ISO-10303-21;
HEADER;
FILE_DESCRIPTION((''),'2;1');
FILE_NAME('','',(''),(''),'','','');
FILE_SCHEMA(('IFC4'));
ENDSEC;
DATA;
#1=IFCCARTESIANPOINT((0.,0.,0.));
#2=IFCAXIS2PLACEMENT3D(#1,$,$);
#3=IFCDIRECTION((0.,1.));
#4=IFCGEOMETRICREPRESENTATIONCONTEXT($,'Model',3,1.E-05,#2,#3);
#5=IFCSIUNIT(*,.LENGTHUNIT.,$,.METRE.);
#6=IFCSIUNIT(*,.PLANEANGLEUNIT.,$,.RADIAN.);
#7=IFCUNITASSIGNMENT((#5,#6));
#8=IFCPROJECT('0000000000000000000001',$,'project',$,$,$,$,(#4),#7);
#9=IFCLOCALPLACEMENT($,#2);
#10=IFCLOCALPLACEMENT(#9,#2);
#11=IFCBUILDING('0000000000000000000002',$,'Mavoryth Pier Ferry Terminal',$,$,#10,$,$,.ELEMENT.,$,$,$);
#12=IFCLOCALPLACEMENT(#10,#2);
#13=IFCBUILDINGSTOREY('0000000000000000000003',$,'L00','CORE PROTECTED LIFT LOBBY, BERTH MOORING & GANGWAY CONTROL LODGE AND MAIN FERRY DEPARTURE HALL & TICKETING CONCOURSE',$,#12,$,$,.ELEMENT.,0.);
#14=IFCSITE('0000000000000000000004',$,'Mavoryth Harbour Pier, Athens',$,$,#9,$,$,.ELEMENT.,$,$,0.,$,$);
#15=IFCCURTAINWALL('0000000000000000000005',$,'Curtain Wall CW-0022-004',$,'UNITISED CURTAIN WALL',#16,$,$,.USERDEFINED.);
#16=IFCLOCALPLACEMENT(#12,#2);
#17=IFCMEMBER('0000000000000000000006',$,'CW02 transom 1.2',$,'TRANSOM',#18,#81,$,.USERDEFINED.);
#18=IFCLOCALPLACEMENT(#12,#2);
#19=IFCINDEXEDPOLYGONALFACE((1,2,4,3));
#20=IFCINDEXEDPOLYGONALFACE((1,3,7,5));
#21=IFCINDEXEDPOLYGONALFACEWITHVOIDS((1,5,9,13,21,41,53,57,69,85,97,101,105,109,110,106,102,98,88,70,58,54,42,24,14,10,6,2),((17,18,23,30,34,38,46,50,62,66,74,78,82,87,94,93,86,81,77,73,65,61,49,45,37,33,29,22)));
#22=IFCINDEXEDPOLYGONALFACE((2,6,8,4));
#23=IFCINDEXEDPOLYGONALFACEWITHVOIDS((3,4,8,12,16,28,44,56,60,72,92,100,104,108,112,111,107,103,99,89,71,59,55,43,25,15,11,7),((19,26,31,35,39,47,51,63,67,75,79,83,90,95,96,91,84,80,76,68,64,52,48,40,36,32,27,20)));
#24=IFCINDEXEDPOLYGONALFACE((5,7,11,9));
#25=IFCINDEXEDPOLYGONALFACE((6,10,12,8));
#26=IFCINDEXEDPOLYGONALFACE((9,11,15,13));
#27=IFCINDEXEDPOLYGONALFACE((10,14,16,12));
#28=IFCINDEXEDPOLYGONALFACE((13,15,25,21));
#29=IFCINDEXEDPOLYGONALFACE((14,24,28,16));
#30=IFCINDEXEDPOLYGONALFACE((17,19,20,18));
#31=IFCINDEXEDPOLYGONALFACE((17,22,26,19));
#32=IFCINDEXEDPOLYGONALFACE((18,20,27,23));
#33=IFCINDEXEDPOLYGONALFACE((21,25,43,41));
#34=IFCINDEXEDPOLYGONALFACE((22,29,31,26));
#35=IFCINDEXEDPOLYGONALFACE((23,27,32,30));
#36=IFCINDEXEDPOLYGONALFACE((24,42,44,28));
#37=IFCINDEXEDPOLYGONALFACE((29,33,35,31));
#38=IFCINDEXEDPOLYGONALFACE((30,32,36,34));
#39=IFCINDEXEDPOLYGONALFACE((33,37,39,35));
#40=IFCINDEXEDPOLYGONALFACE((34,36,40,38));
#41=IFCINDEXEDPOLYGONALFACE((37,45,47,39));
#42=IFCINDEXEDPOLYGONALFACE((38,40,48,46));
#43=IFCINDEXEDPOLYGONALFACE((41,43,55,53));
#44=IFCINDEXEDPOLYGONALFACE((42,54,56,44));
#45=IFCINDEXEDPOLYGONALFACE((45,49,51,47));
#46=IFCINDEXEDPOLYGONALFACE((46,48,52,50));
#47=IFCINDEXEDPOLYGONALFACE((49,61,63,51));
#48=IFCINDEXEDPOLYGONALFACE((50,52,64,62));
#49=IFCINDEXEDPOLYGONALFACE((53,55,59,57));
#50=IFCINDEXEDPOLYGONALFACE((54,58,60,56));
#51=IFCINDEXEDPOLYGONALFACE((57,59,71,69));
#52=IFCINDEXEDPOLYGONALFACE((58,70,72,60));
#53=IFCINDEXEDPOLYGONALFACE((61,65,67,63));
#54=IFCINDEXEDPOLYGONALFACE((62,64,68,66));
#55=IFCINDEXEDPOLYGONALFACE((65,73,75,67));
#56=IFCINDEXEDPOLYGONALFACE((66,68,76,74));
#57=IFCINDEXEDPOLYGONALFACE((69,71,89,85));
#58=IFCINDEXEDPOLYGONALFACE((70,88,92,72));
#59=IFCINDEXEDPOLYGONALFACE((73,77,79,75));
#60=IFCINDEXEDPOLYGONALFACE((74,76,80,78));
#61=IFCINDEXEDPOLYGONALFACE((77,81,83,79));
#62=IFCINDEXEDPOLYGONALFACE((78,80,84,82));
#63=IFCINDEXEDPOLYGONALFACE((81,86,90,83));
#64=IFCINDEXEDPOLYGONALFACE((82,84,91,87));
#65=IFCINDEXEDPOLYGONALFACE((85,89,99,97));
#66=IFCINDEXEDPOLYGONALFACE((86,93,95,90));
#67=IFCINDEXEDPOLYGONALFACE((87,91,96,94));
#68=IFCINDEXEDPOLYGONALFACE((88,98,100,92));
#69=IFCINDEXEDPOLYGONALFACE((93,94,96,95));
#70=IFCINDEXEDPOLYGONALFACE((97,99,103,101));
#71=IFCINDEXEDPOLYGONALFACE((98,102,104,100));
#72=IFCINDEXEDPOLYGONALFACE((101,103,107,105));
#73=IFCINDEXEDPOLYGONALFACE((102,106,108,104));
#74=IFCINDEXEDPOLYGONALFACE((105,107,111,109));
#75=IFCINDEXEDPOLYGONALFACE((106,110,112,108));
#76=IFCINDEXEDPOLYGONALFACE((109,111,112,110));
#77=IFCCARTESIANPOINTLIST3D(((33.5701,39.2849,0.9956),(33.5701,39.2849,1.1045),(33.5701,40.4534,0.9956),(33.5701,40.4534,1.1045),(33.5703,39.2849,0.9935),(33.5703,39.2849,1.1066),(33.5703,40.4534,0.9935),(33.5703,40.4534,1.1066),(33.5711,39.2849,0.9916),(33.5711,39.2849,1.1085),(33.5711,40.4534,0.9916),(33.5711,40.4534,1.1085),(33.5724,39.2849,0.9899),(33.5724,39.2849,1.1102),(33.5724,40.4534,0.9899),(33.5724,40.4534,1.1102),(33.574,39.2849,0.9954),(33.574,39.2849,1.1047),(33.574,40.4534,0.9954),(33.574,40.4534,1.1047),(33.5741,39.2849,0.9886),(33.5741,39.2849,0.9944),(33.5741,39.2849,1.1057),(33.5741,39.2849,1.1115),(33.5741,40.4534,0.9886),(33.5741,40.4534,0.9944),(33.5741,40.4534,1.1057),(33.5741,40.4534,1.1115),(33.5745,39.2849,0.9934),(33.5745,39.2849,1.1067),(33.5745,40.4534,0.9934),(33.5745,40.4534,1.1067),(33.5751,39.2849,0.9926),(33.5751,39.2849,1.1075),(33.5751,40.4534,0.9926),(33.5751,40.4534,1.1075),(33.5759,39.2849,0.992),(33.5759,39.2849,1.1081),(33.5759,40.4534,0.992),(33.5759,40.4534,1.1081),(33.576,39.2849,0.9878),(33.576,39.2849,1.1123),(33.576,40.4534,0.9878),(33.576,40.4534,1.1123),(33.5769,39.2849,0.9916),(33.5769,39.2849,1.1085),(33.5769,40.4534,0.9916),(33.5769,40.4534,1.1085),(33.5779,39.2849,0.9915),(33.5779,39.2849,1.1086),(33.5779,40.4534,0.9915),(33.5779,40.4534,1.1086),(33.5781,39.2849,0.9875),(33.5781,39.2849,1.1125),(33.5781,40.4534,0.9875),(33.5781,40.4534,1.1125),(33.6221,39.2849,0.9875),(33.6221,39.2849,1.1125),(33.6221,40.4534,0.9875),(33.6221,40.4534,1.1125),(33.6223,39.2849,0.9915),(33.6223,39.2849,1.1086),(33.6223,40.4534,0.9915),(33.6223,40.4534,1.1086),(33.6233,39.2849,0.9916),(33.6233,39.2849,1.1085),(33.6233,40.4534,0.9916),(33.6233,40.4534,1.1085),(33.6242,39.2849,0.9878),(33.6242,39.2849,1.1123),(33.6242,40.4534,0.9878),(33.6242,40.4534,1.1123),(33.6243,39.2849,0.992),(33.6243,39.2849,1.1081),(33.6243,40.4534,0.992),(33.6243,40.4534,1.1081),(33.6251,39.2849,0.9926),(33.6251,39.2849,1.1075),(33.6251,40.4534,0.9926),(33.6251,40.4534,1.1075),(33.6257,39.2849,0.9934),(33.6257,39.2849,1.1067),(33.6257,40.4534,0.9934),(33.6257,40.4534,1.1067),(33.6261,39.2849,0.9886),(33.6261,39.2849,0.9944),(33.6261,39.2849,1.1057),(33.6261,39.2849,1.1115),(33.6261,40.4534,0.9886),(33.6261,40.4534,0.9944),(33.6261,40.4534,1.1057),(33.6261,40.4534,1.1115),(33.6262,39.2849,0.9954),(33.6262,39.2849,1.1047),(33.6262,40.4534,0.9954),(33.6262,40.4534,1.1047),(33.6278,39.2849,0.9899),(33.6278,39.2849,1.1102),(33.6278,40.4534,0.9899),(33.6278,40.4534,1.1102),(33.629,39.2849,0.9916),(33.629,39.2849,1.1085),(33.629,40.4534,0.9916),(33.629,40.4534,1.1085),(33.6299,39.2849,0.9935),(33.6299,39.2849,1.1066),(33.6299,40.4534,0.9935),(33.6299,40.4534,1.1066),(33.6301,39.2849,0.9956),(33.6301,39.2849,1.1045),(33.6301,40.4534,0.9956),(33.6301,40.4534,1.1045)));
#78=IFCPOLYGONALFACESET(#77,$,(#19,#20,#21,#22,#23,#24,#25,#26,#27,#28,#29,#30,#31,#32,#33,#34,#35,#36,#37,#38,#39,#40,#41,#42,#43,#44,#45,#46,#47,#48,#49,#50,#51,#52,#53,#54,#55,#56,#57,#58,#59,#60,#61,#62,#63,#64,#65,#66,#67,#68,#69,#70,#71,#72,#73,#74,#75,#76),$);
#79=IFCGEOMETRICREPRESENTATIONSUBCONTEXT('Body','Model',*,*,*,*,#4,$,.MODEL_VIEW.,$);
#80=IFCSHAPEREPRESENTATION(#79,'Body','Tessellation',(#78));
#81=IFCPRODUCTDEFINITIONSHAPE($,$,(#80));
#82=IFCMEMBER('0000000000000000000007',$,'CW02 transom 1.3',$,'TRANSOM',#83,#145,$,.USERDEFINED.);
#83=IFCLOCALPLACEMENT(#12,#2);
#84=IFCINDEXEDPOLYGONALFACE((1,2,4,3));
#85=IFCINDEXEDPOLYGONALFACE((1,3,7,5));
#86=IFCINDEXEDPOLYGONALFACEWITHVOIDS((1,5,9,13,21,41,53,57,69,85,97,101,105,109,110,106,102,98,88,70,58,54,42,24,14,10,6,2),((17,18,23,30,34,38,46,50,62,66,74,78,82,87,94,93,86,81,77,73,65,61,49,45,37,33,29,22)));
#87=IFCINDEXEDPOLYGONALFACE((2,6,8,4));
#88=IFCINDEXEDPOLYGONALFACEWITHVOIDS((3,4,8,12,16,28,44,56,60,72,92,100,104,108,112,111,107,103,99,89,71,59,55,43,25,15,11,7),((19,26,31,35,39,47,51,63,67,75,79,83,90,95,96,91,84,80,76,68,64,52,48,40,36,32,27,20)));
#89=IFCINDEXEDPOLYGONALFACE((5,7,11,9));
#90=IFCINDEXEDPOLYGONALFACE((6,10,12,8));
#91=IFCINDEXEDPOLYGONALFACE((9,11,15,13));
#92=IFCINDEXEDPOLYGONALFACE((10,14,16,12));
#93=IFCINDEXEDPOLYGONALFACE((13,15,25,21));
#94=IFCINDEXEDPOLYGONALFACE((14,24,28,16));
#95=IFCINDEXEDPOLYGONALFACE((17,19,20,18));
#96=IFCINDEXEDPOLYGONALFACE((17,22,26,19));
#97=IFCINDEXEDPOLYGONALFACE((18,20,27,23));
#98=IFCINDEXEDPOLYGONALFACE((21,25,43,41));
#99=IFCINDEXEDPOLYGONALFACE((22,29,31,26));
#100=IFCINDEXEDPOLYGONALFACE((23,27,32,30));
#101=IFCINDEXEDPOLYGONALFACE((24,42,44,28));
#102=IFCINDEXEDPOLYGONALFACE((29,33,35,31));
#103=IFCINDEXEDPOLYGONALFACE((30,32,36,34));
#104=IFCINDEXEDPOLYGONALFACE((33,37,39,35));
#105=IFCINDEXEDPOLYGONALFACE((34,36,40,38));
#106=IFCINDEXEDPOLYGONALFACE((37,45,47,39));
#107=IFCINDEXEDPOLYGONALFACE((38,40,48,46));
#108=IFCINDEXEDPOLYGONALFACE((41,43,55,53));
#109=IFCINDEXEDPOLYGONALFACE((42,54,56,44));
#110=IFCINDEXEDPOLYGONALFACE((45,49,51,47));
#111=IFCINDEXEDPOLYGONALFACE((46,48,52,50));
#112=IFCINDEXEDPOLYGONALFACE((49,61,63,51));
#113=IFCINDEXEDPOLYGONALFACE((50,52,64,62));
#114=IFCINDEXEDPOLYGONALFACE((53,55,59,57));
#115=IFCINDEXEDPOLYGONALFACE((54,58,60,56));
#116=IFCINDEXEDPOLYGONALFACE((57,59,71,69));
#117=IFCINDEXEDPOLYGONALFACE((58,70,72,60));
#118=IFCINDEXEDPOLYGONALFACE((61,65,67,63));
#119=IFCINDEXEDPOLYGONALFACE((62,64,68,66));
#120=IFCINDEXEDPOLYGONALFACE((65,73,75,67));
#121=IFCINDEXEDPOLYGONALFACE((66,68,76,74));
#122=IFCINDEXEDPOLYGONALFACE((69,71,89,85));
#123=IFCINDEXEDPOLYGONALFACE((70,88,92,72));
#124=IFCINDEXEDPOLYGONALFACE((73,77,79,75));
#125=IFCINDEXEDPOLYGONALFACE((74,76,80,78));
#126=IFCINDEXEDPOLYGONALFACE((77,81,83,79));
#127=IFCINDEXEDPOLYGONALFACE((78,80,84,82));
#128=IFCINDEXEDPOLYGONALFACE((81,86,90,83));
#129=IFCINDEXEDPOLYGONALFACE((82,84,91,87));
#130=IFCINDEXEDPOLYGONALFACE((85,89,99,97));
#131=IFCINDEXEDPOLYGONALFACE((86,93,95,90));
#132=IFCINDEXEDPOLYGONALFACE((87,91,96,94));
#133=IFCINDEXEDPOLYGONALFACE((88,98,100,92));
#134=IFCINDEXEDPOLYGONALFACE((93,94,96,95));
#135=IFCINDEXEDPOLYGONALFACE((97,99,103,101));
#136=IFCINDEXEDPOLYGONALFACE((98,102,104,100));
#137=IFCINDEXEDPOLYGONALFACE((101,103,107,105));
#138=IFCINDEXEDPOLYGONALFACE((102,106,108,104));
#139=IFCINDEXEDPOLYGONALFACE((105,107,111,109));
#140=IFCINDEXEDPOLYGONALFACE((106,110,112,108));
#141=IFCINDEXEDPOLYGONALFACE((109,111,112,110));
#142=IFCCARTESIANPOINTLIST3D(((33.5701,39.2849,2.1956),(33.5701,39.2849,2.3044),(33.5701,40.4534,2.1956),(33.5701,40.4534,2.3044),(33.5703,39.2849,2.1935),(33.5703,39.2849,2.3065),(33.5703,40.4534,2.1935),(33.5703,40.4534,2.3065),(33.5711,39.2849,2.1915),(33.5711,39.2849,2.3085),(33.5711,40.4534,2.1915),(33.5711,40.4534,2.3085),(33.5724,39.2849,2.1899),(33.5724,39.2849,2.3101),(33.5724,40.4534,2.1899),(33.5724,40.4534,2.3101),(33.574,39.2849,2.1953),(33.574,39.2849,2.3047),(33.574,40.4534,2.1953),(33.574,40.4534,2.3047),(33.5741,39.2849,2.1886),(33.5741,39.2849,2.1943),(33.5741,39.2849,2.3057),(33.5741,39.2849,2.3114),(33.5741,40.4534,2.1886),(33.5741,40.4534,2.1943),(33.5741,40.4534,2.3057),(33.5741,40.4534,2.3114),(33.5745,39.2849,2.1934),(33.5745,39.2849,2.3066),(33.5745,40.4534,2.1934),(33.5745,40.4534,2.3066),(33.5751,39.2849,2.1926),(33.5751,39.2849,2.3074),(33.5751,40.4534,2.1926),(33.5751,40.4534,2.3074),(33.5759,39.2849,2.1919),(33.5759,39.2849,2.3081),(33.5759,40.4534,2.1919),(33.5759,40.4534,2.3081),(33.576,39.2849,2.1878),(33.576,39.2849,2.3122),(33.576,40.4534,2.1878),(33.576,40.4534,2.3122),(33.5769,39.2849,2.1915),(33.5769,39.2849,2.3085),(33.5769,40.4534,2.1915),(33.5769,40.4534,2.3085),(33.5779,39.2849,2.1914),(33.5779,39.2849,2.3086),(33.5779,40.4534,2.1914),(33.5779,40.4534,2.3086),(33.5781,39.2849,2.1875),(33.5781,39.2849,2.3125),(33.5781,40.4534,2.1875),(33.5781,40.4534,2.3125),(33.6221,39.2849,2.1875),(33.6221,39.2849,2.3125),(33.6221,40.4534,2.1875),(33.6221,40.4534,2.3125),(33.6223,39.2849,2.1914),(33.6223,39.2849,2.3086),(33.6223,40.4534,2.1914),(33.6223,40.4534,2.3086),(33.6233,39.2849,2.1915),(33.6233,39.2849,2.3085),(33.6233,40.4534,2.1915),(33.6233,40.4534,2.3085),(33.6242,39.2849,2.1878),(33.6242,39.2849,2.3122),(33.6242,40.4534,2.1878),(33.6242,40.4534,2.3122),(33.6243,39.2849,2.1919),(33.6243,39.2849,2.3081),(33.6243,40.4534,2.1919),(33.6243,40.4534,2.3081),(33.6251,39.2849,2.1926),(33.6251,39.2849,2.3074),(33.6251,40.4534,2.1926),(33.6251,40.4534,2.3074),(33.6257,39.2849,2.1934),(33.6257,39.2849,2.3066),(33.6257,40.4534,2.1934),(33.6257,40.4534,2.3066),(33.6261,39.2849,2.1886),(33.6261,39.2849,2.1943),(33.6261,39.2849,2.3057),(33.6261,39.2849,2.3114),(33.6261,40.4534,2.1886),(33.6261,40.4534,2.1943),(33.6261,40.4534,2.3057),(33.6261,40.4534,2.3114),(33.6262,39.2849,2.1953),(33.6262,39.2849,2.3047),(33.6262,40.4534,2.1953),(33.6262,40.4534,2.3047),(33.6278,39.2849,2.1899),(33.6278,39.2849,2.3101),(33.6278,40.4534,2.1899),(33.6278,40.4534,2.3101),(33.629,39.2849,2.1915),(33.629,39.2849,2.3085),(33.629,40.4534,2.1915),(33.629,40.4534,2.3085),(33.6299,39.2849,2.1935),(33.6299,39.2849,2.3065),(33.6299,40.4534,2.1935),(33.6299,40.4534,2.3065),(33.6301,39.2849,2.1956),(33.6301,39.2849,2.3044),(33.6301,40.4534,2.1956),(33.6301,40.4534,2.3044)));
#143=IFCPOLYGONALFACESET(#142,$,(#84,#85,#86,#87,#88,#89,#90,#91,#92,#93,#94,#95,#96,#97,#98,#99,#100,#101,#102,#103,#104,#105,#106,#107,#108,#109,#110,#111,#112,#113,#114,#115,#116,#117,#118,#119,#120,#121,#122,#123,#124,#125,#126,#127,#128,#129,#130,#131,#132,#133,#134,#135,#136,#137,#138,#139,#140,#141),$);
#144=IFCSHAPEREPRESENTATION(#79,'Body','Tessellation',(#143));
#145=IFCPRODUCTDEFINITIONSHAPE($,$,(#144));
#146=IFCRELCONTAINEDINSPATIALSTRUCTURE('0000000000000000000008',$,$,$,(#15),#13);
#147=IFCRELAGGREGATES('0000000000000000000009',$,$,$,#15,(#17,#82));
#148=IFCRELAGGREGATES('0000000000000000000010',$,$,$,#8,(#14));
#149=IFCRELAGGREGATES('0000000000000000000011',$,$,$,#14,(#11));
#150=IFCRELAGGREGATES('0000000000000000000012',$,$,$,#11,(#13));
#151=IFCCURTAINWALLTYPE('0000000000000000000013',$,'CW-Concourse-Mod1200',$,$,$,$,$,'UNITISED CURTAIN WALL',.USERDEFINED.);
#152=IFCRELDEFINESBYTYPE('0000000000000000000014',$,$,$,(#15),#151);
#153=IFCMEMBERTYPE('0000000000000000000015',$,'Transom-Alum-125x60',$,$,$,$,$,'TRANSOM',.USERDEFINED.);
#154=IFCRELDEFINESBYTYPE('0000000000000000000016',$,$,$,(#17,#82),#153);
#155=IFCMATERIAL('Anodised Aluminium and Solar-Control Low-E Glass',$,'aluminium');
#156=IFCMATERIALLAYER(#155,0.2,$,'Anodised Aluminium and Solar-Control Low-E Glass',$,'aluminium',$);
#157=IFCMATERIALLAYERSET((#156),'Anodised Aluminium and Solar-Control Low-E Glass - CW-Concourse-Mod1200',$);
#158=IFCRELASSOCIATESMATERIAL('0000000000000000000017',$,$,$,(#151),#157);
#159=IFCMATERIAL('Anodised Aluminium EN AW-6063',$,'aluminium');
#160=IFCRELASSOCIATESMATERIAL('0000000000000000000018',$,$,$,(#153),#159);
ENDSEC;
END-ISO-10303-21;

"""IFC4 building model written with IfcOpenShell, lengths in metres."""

from ifc_helpers import new_model, si_unit, direction, frame, origin, origin_2d, place, context, subcontext, project, spatial, hollow_rectangle, extrude, material, layer, layer_set, material_profile, profile_set, type_object, element, aggregate, save


model = new_model("IFC4")

# Units and contexts
model_context = context("Model", 3, precision=1e-05, world=origin(), true_north=direction((0.0, 1.0)))
body_context = subcontext(model_context, "Body", "Model", "MODEL_VIEW")
ifc_project = project(units=[si_unit("LENGTHUNIT", "METRE"), si_unit("PLANEANGLEUNIT", "RADIAN")], contexts=[model_context])

# Site, building, storey
site_placement = place(None, origin())
site = spatial("IfcSite", under=ifc_project, at=site_placement, Name="Mavoryth Harbour Pier, Athens", CompositionType="ELEMENT", RefElevation=0.0)
building_placement = place(site_placement, origin())
building = spatial("IfcBuilding", under=site, at=building_placement, Name="Mavoryth Pier Ferry Terminal", CompositionType="ELEMENT")
storey_placement = place(building_placement, origin())
storey = spatial("IfcBuildingStorey", under=building, at=storey_placement, Name="L00", Description="CORE PROTECTED LIFT LOBBY, BERTH MOORING & GANGWAY CONTROL LODGE AND MAIN FERRY DEPARTURE HALL & TICKETING CONCOURSE", CompositionType="ELEMENT", Elevation=0.0)

# Curtain wall, members
ifc_material_1 = material(Name="Anodised Aluminium and Solar-Control Low-E Glass", Category="aluminium")
ifc_layer_1 = layer(ifc_material_1, 0.2, Name="Anodised Aluminium and Solar-Control Low-E Glass", Category="aluminium")
ifc_layer_set_1 = layer_set([ifc_layer_1], Name="Anodised Aluminium and Solar-Control Low-E Glass - CW-Concourse-Mod1200")
curtain_wall_type = type_object("IfcCurtainWallType", Name="CW-Concourse-Mod1200", ElementType="UNITISED CURTAIN WALL", PredefinedType="USERDEFINED", material=ifc_layer_set_1)
curtain_wall_placement = place(storey_placement, origin())
curtain_wall = element("IfcCurtainWall", 1, at=curtain_wall_placement, inside=storey, type_object=curtain_wall_type, Name="Curtain Wall CW-0022-004", ObjectType="UNITISED CURTAIN WALL", PredefinedType="USERDEFINED")
ifc_material_2 = material(Name="Anodised Aluminium EN AW-6063", Category="aluminium")
ifc_material_profile_1 = material_profile(ifc_material_2, hollow_rectangle(XDim=0.0601, YDim=0.125, WallThickness=0.0039, InnerFilletRadius=0.0039, OuterFilletRadius=0.0081, at=origin_2d()), Name="AL-TRAN 125x60x4", Category="aluminium")
ifc_profile_set_1 = profile_set([ifc_material_profile_1], Name="Anodised Aluminium EN AW-6063 - AL-TRAN 125x60x4")
member_type_1 = type_object("IfcMemberType", Name="Transom-Alum-125x60", ElementType="TRANSOM", PredefinedType="USERDEFINED", material=ifc_profile_set_1)
member_1_placement = place(storey_placement, frame((33.6001, 39.2849, 1.05), z_axis=(0.0, 1.0, 0.0), x_axis=(-1.0, 0.0, 0.0)))
member_1 = element("IfcMember", 2, at=member_1_placement, type_object=member_type_1, Name="CW02 transom 1.2", ObjectType="TRANSOM", PredefinedType="USERDEFINED", context=body_context, shape_type="SweptSolid", body=[
    extrude(hollow_rectangle(XDim=0.0601, YDim=0.125, WallThickness=0.0039, InnerFilletRadius=0.0039, OuterFilletRadius=0.0081, at=origin_2d()), origin(), (0.0, 0.0, 1.0), 1.1685),
])
member_2_placement = place(storey_placement, frame((33.6001, 39.2849, 2.25), z_axis=(0.0, 1.0, 0.0), x_axis=(-1.0, 0.0, 0.0)))
member_2 = element("IfcMember", 3, at=member_2_placement, type_object=member_type_1, Name="CW02 transom 1.3", ObjectType="TRANSOM", PredefinedType="USERDEFINED", context=body_context, shape_type="SweptSolid", body=[
    extrude(hollow_rectangle(XDim=0.0601, YDim=0.125, WallThickness=0.0039, InnerFilletRadius=0.0039, OuterFilletRadius=0.0081, at=origin_2d()), origin(), (0.0, 0.0, 1.0), 1.1685),
])
aggregate(curtain_wall, [member_1, member_2])

save(model, "model.ifc")
